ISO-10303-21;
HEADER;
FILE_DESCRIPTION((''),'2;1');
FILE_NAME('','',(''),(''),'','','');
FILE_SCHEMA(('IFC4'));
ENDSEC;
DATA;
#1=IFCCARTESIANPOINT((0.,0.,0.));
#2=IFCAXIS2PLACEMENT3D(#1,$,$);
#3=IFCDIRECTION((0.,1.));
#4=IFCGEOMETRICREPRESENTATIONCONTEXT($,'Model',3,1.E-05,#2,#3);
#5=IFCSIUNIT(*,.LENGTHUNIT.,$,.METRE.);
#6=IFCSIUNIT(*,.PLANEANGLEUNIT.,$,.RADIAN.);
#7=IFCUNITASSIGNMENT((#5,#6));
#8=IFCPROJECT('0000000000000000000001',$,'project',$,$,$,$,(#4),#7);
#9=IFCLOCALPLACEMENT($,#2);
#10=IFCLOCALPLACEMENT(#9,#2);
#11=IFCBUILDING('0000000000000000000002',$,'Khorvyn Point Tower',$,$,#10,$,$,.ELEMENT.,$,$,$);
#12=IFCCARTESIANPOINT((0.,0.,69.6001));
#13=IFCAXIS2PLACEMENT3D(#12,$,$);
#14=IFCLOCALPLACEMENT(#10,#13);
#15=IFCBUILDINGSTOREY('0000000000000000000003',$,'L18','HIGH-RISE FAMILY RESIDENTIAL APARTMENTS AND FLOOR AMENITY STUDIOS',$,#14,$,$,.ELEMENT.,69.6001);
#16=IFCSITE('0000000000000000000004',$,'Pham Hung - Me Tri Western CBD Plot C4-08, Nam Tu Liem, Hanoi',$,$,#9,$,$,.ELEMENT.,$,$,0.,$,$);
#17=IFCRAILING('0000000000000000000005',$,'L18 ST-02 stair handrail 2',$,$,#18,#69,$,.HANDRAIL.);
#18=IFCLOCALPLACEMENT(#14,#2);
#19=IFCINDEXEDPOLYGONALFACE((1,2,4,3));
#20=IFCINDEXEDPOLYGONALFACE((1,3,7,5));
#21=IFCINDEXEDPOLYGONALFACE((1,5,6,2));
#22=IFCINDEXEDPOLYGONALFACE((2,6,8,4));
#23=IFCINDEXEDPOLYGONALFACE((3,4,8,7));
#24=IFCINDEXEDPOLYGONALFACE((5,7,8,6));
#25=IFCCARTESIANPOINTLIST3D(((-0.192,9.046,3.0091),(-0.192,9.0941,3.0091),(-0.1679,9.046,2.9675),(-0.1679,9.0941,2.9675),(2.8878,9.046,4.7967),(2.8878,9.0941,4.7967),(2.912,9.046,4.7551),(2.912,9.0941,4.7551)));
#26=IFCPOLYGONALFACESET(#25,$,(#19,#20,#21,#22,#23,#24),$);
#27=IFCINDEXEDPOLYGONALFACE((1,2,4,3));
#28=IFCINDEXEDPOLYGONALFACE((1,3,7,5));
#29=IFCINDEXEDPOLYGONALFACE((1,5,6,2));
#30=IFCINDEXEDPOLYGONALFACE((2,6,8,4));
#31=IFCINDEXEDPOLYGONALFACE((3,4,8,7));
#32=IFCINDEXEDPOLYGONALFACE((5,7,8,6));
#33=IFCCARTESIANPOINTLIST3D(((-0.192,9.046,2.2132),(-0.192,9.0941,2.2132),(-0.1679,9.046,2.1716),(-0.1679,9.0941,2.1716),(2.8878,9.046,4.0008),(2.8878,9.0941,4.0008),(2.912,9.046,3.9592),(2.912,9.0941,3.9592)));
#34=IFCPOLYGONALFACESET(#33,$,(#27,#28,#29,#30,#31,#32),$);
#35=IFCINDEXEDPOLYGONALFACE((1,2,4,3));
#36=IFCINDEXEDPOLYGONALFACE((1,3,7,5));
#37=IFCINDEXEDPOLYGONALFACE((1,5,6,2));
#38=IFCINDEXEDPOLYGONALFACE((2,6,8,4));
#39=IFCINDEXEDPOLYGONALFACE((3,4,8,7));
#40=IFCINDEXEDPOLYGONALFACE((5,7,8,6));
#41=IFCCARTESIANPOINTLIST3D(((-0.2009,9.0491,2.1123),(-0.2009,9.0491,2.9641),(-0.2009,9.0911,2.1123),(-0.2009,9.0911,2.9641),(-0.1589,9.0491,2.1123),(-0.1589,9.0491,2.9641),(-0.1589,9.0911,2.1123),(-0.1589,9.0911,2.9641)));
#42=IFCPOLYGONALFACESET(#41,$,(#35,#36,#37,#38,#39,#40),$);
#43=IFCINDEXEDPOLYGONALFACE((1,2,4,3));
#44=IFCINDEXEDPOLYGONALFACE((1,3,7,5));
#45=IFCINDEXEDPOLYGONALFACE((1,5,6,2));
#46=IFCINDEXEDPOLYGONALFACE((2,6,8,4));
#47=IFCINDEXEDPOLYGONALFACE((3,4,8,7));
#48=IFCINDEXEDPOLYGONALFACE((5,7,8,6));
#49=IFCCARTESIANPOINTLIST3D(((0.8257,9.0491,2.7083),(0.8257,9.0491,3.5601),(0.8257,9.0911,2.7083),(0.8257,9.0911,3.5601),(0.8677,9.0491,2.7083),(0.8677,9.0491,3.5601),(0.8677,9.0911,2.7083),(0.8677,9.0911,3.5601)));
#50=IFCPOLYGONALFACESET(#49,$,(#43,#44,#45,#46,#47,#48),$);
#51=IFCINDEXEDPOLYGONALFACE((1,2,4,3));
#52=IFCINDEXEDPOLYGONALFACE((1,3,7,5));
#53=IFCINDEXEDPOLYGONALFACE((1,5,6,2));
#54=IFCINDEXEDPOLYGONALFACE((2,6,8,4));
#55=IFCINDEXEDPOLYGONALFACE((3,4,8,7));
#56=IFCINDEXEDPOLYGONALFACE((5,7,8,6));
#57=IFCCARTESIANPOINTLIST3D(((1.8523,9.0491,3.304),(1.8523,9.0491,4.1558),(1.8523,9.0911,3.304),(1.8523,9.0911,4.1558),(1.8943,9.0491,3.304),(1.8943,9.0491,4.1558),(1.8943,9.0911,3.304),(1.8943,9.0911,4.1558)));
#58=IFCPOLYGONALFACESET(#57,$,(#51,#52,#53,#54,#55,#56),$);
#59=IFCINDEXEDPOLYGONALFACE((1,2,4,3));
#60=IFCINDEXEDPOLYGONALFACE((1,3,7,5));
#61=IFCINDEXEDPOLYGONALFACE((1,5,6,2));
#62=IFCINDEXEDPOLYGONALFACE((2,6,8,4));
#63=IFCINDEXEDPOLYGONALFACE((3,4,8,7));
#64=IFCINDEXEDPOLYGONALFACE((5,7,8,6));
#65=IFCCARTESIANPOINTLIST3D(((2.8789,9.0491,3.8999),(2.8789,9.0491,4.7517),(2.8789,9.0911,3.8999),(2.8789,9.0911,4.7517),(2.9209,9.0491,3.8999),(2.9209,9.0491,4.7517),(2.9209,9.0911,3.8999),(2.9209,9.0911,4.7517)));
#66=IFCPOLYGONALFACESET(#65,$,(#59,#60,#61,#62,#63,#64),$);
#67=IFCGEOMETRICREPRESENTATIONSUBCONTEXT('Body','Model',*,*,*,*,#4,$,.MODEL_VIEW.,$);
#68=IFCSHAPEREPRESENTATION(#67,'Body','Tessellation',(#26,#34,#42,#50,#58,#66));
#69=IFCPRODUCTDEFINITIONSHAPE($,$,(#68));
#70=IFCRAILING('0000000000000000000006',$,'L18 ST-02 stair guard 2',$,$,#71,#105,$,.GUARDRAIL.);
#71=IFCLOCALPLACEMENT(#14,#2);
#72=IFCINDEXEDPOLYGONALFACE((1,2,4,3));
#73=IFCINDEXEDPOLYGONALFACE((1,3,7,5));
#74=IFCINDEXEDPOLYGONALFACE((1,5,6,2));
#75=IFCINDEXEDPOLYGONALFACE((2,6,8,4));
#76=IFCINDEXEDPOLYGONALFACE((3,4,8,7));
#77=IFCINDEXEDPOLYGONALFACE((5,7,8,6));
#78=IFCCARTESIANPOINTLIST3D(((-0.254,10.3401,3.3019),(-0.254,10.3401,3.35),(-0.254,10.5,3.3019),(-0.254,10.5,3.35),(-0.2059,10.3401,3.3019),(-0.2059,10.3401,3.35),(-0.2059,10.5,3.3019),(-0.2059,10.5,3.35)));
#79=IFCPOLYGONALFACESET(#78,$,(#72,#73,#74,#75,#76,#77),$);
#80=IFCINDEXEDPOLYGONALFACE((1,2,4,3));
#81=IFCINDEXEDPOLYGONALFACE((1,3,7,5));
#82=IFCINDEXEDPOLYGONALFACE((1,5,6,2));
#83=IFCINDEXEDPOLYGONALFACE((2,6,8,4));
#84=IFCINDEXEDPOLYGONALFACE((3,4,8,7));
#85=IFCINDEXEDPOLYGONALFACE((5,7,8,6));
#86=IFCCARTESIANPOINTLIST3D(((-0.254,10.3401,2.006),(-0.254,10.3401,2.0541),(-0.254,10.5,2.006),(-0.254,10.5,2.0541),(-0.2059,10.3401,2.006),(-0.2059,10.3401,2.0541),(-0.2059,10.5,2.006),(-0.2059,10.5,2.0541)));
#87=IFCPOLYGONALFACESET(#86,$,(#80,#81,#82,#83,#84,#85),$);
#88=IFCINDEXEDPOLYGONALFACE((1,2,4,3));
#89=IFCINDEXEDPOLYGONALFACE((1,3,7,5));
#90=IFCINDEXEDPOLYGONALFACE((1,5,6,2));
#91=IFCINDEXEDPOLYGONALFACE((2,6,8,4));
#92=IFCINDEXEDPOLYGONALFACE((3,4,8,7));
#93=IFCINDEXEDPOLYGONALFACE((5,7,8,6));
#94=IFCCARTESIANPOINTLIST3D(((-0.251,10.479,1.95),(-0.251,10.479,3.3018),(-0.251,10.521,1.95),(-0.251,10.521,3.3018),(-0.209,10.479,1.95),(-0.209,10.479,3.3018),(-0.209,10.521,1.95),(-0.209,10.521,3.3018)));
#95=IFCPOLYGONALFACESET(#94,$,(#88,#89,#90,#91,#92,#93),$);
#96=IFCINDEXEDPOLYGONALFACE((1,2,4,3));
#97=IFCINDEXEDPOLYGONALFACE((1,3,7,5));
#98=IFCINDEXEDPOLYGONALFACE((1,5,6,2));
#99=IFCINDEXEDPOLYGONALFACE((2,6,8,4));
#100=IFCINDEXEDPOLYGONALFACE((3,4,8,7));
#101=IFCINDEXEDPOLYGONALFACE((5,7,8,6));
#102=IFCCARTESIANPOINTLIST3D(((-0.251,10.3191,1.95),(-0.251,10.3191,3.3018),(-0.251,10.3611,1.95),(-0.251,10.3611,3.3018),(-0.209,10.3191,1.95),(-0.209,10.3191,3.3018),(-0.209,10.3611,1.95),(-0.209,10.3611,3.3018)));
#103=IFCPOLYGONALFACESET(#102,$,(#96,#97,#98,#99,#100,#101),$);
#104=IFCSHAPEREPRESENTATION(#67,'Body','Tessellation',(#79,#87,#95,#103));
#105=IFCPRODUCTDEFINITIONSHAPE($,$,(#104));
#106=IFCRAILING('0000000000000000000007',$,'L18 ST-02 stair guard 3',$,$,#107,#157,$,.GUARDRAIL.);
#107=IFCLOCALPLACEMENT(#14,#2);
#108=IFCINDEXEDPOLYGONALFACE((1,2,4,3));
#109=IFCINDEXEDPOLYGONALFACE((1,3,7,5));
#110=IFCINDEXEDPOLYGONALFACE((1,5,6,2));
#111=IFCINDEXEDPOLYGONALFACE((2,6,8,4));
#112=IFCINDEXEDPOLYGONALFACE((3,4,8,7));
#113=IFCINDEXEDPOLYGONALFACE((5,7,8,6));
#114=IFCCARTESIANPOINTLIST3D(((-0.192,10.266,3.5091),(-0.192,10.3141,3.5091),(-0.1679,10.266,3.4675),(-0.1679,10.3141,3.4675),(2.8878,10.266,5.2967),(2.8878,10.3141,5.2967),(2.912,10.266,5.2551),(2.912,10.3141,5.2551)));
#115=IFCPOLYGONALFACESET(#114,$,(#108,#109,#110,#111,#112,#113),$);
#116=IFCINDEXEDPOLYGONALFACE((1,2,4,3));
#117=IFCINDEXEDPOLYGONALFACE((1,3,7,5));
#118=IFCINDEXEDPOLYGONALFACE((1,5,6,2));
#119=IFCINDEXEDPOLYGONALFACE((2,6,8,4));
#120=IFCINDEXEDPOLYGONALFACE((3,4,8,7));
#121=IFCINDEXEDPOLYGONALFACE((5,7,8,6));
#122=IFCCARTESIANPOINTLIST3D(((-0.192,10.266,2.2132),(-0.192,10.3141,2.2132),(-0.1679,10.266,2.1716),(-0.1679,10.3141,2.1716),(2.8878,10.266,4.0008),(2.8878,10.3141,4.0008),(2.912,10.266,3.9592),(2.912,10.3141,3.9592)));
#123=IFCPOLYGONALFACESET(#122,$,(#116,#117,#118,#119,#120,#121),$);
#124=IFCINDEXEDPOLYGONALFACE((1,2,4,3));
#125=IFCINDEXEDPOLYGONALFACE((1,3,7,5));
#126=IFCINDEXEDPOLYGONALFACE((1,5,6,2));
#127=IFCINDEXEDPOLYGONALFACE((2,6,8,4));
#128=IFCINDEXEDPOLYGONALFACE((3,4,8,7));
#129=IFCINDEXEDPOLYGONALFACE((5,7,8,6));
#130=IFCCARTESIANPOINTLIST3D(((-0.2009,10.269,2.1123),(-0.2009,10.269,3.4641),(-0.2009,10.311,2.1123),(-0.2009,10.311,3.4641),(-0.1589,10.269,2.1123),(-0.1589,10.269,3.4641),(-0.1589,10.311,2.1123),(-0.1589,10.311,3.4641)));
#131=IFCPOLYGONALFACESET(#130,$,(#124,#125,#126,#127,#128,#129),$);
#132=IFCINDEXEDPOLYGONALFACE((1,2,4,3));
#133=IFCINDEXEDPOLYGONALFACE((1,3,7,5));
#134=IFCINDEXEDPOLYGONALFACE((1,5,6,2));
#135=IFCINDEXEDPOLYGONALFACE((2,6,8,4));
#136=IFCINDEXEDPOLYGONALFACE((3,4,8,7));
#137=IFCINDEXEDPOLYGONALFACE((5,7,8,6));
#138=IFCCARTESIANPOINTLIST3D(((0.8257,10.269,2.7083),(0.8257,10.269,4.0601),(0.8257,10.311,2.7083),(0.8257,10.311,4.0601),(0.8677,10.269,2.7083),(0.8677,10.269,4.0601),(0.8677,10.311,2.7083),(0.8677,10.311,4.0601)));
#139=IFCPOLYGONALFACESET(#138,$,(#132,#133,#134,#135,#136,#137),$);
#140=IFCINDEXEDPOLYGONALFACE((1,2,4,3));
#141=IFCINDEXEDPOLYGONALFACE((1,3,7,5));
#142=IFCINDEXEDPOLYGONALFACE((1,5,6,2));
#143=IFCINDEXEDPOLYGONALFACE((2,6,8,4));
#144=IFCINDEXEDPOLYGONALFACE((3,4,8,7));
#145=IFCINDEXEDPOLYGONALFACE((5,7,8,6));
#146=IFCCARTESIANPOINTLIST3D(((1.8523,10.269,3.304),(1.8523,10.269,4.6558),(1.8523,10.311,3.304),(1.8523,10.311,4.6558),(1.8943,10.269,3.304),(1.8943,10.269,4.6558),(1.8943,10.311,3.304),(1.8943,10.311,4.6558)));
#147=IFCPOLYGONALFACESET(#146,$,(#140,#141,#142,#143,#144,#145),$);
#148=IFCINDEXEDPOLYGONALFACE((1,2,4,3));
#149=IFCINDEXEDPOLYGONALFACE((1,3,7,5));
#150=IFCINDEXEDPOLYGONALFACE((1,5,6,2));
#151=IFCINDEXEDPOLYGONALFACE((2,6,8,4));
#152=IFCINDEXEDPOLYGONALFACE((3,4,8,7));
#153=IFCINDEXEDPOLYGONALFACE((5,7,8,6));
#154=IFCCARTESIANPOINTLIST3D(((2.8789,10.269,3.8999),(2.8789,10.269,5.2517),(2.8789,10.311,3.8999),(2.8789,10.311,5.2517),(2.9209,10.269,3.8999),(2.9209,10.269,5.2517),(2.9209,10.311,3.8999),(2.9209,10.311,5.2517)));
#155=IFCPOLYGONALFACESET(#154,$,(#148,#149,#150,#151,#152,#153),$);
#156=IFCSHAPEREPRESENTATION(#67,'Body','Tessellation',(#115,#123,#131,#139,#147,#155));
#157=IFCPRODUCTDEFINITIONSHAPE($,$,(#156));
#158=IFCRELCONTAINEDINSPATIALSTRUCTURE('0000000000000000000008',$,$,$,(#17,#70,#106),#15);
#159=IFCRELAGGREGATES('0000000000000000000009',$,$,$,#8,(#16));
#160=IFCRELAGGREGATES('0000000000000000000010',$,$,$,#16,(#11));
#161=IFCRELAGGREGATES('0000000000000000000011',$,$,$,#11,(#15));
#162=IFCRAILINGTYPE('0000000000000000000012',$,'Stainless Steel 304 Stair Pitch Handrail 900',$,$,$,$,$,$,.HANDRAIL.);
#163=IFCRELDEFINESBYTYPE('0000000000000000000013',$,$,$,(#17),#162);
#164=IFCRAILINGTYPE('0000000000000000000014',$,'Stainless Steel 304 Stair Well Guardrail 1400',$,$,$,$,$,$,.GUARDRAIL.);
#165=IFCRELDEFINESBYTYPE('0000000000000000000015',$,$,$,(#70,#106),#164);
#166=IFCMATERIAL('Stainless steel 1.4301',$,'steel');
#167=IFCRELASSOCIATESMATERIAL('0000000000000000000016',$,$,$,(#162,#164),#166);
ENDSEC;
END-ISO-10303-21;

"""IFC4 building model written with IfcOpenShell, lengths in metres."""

from ifc_helpers import new_model, si_unit, direction, frame, origin, origin_2d, place, context, subcontext, project, spatial, rectangle, extrude, material, type_object, element, save


model = new_model("IFC4")

# Units and contexts
model_context = context("Model", 3, precision=1e-05, world=origin(), true_north=direction((0.0, 1.0)))
body_context = subcontext(model_context, "Body", "Model", "MODEL_VIEW")
ifc_project = project(units=[si_unit("LENGTHUNIT", "METRE"), si_unit("PLANEANGLEUNIT", "RADIAN")], contexts=[model_context])

# Site, building, storey
site_placement = place(None, origin())
site = spatial("IfcSite", under=ifc_project, at=site_placement, Name="Pham Hung - Me Tri Western CBD Plot C4-08, Nam Tu Liem, Hanoi", CompositionType="ELEMENT", RefElevation=0.0)
building_placement = place(site_placement, origin())
building = spatial("IfcBuilding", under=site, at=building_placement, Name="Khorvyn Point Tower", CompositionType="ELEMENT")
storey_placement = place(building_placement, frame((0.0, 0.0, 69.6001)))
storey = spatial("IfcBuildingStorey", under=building, at=storey_placement, Name="L18", Description="HIGH-RISE FAMILY RESIDENTIAL APARTMENTS AND FLOOR AMENITY STUDIOS", CompositionType="ELEMENT", Elevation=69.6001)

# Shared definitions
ifc_material_1 = material(Name="Stainless steel 1.4301", Category="steel")

# Railings
railing_type_1 = type_object("IfcRailingType", Name="Stainless Steel 304 Stair Pitch Handrail 900", PredefinedType="HANDRAIL", material=ifc_material_1)
railing_1_placement = place(storey_placement, frame((-0.1799, 9.0701, 2.1123)))
element("IfcRailing", 1, at=railing_1_placement, inside=storey, type_object=railing_type_1, Name="L18 ST-02 stair handrail 2", PredefinedType="HANDRAIL", context=body_context, shape_type="SweptSolid", body=[
    extrude(rectangle(XDim=0.0481, YDim=0.0481, at=origin_2d()), frame((0.0, 0.0, 0.876), z_axis=(0.864873, 0.0, 0.50199), x_axis=(0.0, 1.0, 0.0)), (0.0, 0.0, 1.0), 3.561),
    extrude(rectangle(XDim=0.0481, YDim=0.0481, at=origin_2d()), frame((0.0, 0.0, 0.0801), z_axis=(0.864873, 0.0, 0.50199), x_axis=(0.0, 1.0, 0.0)), (0.0, 0.0, 1.0), 3.561),
    extrude(rectangle(XDim=0.042, YDim=0.042, at=origin_2d()), origin(), (0.0, 0.0, 1.0), 0.8518),
    extrude(rectangle(XDim=0.042, YDim=0.042, at=origin_2d()), frame((1.0266, 0.0, 0.5959)), (0.0, 0.0, 1.0), 0.8518),
    extrude(rectangle(XDim=0.042, YDim=0.042, at=origin_2d()), frame((2.0532, 0.0, 1.1917)), (0.0, 0.0, 1.0), 0.8518),
    extrude(rectangle(XDim=0.042, YDim=0.042, at=origin_2d()), frame((3.0798, 0.0, 1.7876)), (0.0, 0.0, 1.0), 0.8518),
])
railing_type_2 = type_object("IfcRailingType", Name="Stainless Steel 304 Stair Well Guardrail 1400", PredefinedType="GUARDRAIL", material=ifc_material_1)
railing_2_placement = place(storey_placement, frame((-0.23, 10.5, 1.95)))
element("IfcRailing", 2, at=railing_2_placement, inside=storey, type_object=railing_type_2, Name="L18 ST-02 stair guard 2", PredefinedType="GUARDRAIL", context=body_context, shape_type="SweptSolid", body=[
    extrude(rectangle(XDim=0.0481, YDim=0.0481, at=origin_2d()), frame((0.0, 0.0, 1.376), z_axis=(0.0, -1.0, 0.0), x_axis=(1.0, 0.0, 0.0)), (0.0, 0.0, 1.0), 0.1599),
    extrude(rectangle(XDim=0.0481, YDim=0.0481, at=origin_2d()), frame((0.0, 0.0, 0.0801), z_axis=(0.0, -1.0, 0.0), x_axis=(1.0, 0.0, 0.0)), (0.0, 0.0, 1.0), 0.1599),
    extrude(rectangle(XDim=0.042, YDim=0.042, at=origin_2d()), origin(), (0.0, 0.0, 1.0), 1.3518),
    extrude(rectangle(XDim=0.042, YDim=0.042, at=origin_2d()), frame((0.0, -0.1599, 0.0)), (0.0, 0.0, 1.0), 1.3518),
])
railing_3_placement = place(storey_placement, frame((-0.1799, 10.29, 2.1123)))
element("IfcRailing", 3, at=railing_3_placement, inside=storey, type_object=railing_type_2, Name="L18 ST-02 stair guard 3", PredefinedType="GUARDRAIL", context=body_context, shape_type="SweptSolid", body=[
    extrude(rectangle(XDim=0.0481, YDim=0.0481, at=origin_2d()), frame((0.0, 0.0, 1.376), z_axis=(0.864873, 0.0, 0.50199), x_axis=(0.0, 1.0, 0.0)), (0.0, 0.0, 1.0), 3.561),
    extrude(rectangle(XDim=0.0481, YDim=0.0481, at=origin_2d()), frame((0.0, 0.0, 0.0801), z_axis=(0.864873, 0.0, 0.50199), x_axis=(0.0, 1.0, 0.0)), (0.0, 0.0, 1.0), 3.561),
    extrude(rectangle(XDim=0.042, YDim=0.042, at=origin_2d()), origin(), (0.0, 0.0, 1.0), 1.3518),
    extrude(rectangle(XDim=0.042, YDim=0.042, at=origin_2d()), frame((1.0266, 0.0, 0.5959)), (0.0, 0.0, 1.0), 1.3518),
    extrude(rectangle(XDim=0.042, YDim=0.042, at=origin_2d()), frame((2.0532, 0.0, 1.1917)), (0.0, 0.0, 1.0), 1.3518),
    extrude(rectangle(XDim=0.042, YDim=0.042, at=origin_2d()), frame((3.0798, 0.0, 1.7876)), (0.0, 0.0, 1.0), 1.3518),
])

save(model, "model.ifc")
